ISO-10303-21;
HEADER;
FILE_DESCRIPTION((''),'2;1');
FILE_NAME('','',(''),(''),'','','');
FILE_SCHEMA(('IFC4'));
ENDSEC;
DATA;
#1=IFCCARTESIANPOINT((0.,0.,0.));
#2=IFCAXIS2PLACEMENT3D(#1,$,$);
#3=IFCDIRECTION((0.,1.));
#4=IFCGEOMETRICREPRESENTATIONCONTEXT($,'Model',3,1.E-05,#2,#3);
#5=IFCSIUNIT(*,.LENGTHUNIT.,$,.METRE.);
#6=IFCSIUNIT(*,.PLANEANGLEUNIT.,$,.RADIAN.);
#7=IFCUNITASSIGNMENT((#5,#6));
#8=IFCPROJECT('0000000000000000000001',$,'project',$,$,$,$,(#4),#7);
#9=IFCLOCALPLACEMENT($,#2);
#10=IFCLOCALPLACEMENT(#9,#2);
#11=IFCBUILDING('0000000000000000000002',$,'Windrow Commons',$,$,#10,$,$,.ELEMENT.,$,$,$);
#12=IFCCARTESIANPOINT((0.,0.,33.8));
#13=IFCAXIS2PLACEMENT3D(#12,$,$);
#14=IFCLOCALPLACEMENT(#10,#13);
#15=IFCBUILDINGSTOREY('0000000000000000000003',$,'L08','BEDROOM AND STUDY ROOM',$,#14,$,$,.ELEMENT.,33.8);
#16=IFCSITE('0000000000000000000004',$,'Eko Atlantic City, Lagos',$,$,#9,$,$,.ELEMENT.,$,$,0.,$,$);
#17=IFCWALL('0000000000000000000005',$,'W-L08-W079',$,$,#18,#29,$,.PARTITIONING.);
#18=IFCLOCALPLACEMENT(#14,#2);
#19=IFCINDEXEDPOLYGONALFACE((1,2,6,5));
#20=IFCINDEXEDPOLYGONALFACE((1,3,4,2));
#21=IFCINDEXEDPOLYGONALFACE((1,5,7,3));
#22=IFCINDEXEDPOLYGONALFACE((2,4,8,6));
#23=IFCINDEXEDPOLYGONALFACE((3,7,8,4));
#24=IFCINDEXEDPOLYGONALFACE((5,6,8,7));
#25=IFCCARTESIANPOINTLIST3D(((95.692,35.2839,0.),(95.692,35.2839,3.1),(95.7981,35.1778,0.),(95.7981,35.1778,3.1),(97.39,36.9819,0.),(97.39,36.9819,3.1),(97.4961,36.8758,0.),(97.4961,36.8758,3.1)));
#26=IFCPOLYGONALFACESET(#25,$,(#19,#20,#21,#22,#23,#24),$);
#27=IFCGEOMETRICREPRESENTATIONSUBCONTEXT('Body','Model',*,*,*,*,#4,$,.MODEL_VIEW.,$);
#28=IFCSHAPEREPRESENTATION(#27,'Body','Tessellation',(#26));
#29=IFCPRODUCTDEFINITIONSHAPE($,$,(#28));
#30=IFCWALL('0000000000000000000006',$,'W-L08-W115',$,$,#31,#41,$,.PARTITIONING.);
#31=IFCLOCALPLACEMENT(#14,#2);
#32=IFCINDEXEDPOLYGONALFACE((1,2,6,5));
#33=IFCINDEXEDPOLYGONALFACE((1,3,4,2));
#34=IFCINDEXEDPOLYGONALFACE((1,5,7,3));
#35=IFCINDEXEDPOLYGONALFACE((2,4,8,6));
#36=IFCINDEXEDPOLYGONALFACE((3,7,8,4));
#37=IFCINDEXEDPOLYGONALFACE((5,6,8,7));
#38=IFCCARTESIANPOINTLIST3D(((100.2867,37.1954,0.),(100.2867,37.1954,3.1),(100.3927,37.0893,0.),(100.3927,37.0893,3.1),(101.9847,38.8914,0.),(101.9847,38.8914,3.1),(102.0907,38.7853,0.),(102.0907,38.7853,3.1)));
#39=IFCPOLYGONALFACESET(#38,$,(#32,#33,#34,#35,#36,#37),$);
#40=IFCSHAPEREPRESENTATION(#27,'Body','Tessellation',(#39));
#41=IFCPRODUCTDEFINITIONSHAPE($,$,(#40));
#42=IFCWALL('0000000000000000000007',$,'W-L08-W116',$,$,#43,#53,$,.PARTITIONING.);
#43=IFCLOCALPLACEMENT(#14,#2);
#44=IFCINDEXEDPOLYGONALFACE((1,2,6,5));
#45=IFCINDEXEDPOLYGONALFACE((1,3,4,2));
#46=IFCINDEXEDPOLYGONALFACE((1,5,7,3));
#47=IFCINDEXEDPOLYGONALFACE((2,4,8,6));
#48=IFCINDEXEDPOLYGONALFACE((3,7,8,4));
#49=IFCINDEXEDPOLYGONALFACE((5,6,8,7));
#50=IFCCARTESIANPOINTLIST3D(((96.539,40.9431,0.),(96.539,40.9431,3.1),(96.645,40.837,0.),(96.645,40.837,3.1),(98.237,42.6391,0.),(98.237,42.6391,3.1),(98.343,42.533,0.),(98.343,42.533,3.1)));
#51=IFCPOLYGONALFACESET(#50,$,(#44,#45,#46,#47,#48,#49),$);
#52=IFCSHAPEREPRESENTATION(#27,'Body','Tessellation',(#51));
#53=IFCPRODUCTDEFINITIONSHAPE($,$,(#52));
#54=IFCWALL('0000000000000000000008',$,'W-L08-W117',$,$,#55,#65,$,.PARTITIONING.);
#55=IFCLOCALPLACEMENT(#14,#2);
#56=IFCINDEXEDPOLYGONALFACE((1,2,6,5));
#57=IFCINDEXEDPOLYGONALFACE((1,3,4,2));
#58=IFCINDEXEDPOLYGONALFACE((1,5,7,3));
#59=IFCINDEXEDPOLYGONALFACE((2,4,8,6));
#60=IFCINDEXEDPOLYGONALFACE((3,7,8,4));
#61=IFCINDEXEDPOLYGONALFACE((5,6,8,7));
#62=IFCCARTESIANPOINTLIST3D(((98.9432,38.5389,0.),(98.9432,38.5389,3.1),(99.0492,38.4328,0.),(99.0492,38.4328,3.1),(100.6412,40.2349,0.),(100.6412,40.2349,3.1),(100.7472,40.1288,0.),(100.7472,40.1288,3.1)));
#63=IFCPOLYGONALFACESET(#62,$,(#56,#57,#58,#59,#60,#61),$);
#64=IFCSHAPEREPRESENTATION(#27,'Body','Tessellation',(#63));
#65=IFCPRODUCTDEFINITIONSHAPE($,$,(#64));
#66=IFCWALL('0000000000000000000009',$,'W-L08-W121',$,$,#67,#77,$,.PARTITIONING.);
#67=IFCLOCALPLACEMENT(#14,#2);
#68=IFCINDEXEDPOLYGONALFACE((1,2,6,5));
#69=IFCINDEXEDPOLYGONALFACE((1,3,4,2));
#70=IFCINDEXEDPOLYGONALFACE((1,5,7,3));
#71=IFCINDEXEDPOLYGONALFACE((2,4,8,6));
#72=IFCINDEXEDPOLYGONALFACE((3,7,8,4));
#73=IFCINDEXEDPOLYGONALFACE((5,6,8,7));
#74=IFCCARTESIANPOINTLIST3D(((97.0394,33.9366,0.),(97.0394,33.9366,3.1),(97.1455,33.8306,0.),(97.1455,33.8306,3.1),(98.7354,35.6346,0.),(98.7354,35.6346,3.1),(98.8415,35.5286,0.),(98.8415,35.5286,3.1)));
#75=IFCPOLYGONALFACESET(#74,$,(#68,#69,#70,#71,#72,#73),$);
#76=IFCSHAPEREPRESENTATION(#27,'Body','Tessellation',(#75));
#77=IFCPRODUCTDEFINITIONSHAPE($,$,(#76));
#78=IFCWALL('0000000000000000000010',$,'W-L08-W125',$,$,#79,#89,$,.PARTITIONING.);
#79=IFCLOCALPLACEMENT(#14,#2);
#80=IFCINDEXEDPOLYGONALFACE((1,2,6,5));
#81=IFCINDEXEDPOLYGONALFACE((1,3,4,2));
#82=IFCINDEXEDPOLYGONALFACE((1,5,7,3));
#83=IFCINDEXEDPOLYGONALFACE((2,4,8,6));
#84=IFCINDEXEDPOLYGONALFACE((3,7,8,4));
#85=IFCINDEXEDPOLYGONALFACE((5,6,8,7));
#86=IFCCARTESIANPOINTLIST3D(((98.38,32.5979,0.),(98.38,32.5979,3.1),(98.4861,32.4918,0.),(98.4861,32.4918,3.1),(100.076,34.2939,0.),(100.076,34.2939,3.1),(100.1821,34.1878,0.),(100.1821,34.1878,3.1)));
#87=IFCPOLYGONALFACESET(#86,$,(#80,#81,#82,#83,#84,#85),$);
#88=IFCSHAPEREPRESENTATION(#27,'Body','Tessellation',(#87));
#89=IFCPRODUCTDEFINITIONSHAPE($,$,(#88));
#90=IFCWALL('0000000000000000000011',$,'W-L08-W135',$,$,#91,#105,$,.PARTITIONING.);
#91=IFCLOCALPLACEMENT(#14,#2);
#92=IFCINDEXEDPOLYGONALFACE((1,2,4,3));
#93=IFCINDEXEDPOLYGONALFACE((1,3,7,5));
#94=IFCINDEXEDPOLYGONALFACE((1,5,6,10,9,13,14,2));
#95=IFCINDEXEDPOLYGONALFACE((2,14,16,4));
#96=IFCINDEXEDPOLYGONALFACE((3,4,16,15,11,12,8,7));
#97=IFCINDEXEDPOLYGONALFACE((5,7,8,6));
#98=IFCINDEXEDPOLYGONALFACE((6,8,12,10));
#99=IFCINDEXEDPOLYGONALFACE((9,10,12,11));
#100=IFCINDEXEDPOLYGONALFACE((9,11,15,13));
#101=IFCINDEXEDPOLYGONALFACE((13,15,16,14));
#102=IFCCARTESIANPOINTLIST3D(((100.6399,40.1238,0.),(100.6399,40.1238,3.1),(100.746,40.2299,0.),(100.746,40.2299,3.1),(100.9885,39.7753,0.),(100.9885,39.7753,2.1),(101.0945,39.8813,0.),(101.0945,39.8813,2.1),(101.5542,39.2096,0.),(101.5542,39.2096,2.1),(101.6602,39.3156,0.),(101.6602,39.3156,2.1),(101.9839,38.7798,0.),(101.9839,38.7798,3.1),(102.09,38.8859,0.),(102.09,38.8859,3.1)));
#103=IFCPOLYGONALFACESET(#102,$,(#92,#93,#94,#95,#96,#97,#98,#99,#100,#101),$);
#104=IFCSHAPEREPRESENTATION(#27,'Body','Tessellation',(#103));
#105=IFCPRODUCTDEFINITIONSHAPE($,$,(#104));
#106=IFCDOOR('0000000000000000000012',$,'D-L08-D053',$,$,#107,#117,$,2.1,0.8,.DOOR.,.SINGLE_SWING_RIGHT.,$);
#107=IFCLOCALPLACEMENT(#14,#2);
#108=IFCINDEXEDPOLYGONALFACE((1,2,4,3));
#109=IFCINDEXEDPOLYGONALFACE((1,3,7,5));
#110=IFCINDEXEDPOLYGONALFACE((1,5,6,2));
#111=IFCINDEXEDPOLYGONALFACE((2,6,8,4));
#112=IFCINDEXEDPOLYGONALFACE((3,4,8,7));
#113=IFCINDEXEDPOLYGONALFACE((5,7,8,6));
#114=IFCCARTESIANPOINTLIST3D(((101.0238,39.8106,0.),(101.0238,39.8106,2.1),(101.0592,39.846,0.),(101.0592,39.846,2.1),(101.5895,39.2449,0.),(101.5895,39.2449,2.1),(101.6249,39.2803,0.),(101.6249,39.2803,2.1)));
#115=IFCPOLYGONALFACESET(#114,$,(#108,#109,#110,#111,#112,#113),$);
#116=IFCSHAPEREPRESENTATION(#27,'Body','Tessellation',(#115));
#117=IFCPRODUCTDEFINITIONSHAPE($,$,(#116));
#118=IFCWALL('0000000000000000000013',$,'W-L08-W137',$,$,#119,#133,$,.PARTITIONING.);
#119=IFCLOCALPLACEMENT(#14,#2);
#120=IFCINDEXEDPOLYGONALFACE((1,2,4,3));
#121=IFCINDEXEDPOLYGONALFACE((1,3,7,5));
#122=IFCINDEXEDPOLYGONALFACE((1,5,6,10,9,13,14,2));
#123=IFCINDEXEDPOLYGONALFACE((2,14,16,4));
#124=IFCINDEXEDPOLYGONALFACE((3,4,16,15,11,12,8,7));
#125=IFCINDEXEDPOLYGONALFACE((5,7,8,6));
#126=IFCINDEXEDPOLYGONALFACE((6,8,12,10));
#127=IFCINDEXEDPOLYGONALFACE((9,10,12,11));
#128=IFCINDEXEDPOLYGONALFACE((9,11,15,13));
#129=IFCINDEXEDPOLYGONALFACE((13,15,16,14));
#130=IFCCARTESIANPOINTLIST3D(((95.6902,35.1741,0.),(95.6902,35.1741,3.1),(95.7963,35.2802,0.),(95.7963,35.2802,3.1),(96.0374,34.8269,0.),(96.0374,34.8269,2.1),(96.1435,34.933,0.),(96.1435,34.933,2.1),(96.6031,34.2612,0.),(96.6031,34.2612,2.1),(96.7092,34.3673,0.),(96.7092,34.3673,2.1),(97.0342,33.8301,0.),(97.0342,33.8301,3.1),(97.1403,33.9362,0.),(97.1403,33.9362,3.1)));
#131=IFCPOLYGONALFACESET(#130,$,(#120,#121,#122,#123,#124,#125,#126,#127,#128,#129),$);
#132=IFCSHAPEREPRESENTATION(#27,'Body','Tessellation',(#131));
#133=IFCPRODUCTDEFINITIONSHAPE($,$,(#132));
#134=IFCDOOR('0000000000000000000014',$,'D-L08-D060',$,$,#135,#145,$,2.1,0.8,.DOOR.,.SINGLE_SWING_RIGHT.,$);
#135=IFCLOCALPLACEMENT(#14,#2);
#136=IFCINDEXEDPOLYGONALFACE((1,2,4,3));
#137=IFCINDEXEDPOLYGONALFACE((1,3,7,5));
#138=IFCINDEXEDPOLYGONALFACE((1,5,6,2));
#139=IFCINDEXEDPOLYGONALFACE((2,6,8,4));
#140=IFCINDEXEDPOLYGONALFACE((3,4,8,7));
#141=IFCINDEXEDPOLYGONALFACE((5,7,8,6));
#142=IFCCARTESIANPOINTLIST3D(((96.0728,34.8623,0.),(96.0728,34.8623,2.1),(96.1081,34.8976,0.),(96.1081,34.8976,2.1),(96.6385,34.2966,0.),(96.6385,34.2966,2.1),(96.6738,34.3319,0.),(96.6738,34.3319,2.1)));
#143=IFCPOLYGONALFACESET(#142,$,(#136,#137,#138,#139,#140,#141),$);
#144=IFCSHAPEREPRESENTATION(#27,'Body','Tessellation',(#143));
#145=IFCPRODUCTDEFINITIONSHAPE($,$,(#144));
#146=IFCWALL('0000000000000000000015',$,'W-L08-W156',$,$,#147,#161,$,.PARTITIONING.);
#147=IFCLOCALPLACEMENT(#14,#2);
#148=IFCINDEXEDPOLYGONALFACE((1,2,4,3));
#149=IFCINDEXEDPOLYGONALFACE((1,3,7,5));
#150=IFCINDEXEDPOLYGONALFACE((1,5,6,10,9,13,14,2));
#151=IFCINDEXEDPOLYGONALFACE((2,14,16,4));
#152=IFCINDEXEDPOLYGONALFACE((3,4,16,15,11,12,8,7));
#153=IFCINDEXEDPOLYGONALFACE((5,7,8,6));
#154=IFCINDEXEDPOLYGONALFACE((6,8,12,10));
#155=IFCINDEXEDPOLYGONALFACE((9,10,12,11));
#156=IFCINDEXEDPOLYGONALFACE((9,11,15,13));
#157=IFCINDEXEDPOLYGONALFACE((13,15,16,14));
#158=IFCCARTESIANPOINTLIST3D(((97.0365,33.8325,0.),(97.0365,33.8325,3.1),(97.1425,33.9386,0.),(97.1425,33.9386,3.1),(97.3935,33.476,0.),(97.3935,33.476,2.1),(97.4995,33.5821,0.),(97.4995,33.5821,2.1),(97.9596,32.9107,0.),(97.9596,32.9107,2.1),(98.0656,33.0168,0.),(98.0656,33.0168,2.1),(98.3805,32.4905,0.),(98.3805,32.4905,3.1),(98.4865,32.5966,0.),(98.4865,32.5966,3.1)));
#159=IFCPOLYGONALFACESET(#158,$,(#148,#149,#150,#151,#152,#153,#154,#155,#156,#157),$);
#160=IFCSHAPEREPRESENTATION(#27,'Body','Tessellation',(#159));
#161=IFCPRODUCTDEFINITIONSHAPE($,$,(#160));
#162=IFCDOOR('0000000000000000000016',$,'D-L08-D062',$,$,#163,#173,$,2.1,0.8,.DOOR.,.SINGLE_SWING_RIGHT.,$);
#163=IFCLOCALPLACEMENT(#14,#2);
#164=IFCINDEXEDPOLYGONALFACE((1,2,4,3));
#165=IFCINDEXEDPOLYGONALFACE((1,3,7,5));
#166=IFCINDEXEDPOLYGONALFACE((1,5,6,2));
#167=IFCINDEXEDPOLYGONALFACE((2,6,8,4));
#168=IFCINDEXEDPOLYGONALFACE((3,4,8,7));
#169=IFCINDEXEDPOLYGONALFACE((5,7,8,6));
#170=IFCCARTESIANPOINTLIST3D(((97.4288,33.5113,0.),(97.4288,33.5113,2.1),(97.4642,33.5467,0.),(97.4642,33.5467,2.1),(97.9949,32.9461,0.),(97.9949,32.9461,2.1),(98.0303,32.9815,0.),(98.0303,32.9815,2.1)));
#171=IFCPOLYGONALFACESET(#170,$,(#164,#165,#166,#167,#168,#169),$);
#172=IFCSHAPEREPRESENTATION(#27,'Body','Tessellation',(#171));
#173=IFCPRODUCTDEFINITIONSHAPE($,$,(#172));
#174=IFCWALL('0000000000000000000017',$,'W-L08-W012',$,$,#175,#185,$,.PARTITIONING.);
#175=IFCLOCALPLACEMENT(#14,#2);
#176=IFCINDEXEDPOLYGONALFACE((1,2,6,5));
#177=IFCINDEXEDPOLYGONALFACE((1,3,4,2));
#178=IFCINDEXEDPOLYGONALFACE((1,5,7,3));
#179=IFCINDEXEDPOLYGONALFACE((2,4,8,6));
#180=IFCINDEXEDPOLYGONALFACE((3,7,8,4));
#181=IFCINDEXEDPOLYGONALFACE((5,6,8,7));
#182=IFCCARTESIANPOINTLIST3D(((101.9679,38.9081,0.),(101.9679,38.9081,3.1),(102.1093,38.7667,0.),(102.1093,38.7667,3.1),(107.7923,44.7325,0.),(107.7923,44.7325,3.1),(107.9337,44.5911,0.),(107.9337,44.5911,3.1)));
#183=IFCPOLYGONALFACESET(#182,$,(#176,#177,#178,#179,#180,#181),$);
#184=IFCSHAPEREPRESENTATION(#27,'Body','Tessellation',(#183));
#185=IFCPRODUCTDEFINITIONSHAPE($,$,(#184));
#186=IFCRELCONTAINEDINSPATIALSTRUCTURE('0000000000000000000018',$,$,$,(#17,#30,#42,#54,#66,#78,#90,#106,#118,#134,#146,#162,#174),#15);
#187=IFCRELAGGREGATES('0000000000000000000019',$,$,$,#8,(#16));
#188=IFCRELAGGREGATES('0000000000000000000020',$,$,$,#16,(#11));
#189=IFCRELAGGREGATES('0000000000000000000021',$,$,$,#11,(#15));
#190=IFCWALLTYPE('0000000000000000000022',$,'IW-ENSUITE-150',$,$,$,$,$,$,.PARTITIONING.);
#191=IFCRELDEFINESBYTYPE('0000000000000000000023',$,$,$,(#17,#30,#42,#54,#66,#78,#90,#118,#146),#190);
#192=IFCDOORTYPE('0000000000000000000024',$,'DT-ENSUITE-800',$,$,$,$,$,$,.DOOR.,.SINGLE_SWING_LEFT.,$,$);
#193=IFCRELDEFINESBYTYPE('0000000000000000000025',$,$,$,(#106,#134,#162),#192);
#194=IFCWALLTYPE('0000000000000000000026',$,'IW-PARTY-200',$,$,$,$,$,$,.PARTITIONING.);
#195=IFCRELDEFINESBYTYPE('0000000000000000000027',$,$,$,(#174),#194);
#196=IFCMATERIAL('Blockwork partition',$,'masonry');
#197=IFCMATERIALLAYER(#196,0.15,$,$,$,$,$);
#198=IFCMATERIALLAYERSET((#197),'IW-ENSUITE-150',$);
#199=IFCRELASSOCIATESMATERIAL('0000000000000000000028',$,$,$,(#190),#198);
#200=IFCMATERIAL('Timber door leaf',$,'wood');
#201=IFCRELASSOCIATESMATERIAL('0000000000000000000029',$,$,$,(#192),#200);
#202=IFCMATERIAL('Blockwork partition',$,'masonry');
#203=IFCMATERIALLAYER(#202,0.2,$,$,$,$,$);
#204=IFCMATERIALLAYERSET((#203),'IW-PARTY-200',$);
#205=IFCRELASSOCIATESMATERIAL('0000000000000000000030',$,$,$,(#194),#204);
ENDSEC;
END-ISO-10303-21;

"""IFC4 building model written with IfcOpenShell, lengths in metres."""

from ifc_helpers import new_model, si_unit, direction, frame, frame_2d, origin, place, context, subcontext, project, spatial, rectangle, extrude, material, layer, layer_set, type_object, element, fill, save


model = new_model("IFC4")

# Units and contexts
model_context = context("Model", 3, precision=1e-05, world=origin(), true_north=direction((0.0, 1.0)))
body_context = subcontext(model_context, "Body", "Model", "MODEL_VIEW")
ifc_project = project(units=[si_unit("LENGTHUNIT", "METRE"), si_unit("PLANEANGLEUNIT", "RADIAN")], contexts=[model_context])

# Site, building, storey
site_placement = place(None, origin())
site = spatial("IfcSite", under=ifc_project, at=site_placement, Name="Eko Atlantic City, Lagos", CompositionType="ELEMENT", RefElevation=0.0)
building_placement = place(site_placement, origin())
building = spatial("IfcBuilding", under=site, at=building_placement, Name="Windrow Commons", CompositionType="ELEMENT")
storey_placement = place(building_placement, frame((0.0, 0.0, 33.8)))
storey = spatial("IfcBuildingStorey", under=building, at=storey_placement, Name="L08", Description="BEDROOM AND STUDY ROOM", CompositionType="ELEMENT", Elevation=33.8)

# Walls
ifc_material_1 = material(Name="Blockwork partition", Category="masonry")
ifc_layer_1 = layer(ifc_material_1, 0.15)
ifc_layer_set_1 = layer_set([ifc_layer_1], Name="IW-ENSUITE-150")
wall_type_1 = type_object("IfcWallType", Name="IW-ENSUITE-150", PredefinedType="PARTITIONING", material=ifc_layer_set_1)
wall_1_placement = place(storey_placement, frame((95.7451, 35.2309, 0.0), z_axis=(0.0, 0.0, 1.0), x_axis=(0.707107, 0.707107, 0.0)))
element("IfcWall", 1, at=wall_1_placement, inside=storey, type_object=wall_type_1, Name="W-L08-W079", PredefinedType="PARTITIONING", context=body_context, shape_type="SweptSolid", body=[
    extrude(rectangle(XDim=2.4013, YDim=0.15, at=frame_2d((1.2006, 0.0))), origin(), (0.0, 0.0, 1.0), 3.1),
])
for number, where, z_axis, x_axis, name in (
    (2, (100.3397, 37.1423, 0.0), (0.0, 0.0, 1.0), (0.707523, 0.70669, 0.0), "W-L08-W115"),
    (3, (96.592, 40.89, 0.0), (0.0, 0.0, 1.0), (0.707523, 0.70669, 0.0), "W-L08-W116"),
    (4, (98.9962, 38.4858, 0.0), (0.0, 0.0, 1.0), (0.707523, 0.70669, 0.0), "W-L08-W117"),
    (5, (97.0924, 33.8836, 0.0), (0.0, 0.0, 1.0), (0.70669, 0.707523, 0.0), "W-L08-W121"),
):
    element("IfcWall", number, at=place(storey_placement, frame(where, z_axis=z_axis, x_axis=x_axis)), inside=storey, type_object=wall_type_1, Name=name, PredefinedType="PARTITIONING", context=body_context, shape_type="SweptSolid", body=[
        extrude(rectangle(XDim=2.3999, YDim=0.15, at=frame_2d((1.2, 0.0))), origin(), (0.0, 0.0, 1.0), 3.1),
    ])
wall_2_placement = place(storey_placement, frame((98.4331, 32.5449, 0.0), z_axis=(0.0, 0.0, 1.0), x_axis=(0.707107, 0.707107, 0.0)))
element("IfcWall", 6, at=wall_2_placement, inside=storey, type_object=wall_type_1, Name="W-L08-W125", PredefinedType="PARTITIONING", context=body_context, shape_type="SweptSolid", body=[
    extrude(rectangle(XDim=2.3985, YDim=0.15, at=frame_2d((1.1992, 0.0))), origin(), (0.0, 0.0, 1.0), 3.1),
])

# Walls, openings, doors
wall_3_placement = place(storey_placement, frame((100.6929, 40.1769, 0.0), z_axis=(0.0, 0.0, 1.0), x_axis=(0.707107, -0.707107, 0.0)))
wall_3 = element("IfcWall", 7, at=wall_3_placement, inside=storey, type_object=wall_type_1, Name="W-L08-W135", PredefinedType="PARTITIONING", context=body_context, shape_type="SweptSolid", body=[
    extrude(rectangle(XDim=1.9007, YDim=0.15, at=frame_2d((0.9504, 0.0))), origin(), (0.0, 0.0, 1.0), 3.1),
])
opening_1_placement = place(wall_3_placement, frame((0.493, 0.0, 0.0)))
opening_1 = element("IfcOpeningElement", 8, at=opening_1_placement, cuts=wall_3, PredefinedType="OPENING", context=body_context, shape_type="SweptSolid", body=[
    extrude(rectangle(XDim=0.8, YDim=2.1, at=frame_2d((0.4, 1.05))), frame((0.0, 0.085, 0.0), z_axis=(0.0, -1.0, 0.0), x_axis=(1.0, 0.0, 0.0)), (0.0, 0.0, 1.0), 0.17),
])
ifc_material_2 = material(Name="Timber door leaf", Category="wood")
door_type = type_object("IfcDoorType", Name="DT-ENSUITE-800", OperationType="SINGLE_SWING_LEFT", PredefinedType="DOOR", material=ifc_material_2)
door_1_placement = place(opening_1_placement, origin())
door_1 = element("IfcDoor", 9, at=door_1_placement, inside=storey, type_object=door_type, Name="D-L08-D053", OperationType="SINGLE_SWING_RIGHT", OverallHeight=2.1, OverallWidth=0.8, PredefinedType="DOOR", context=body_context, shape_type="SweptSolid", body=[
    extrude(rectangle(XDim=0.8, YDim=2.1, at=frame_2d((0.4, 1.05))), frame((0.0, 0.025, 0.0), z_axis=(0.0, -1.0, 0.0), x_axis=(1.0, 0.0, 0.0)), (0.0, 0.0, 1.0), 0.05),
])
fill(opening_1, door_1)
wall_4_placement = place(storey_placement, frame((95.7432, 35.2272, 0.0), z_axis=(0.0, 0.0, 1.0), x_axis=(0.707107, -0.707107, 0.0)))
wall_4 = element("IfcWall", 10, at=wall_4_placement, inside=storey, type_object=wall_type_1, Name="W-L08-W137", PredefinedType="PARTITIONING", context=body_context, shape_type="SweptSolid", body=[
    extrude(rectangle(XDim=1.9007, YDim=0.15, at=frame_2d((0.9504, 0.0))), origin(), (0.0, 0.0, 1.0), 3.1),
])
opening_2_placement = place(wall_4_placement, frame((0.4911, 0.0, 0.0)))
opening_2 = element("IfcOpeningElement", 11, at=opening_2_placement, cuts=wall_4, PredefinedType="OPENING", context=body_context, shape_type="SweptSolid", body=[
    extrude(rectangle(XDim=0.8, YDim=2.1, at=frame_2d((0.4, 1.05))), frame((0.0, 0.085, 0.0), z_axis=(0.0, -1.0, 0.0), x_axis=(1.0, 0.0, 0.0)), (0.0, 0.0, 1.0), 0.17),
])
door_2_placement = place(opening_2_placement, origin())
door_2 = element("IfcDoor", 12, at=door_2_placement, inside=storey, type_object=door_type, Name="D-L08-D060", OperationType="SINGLE_SWING_RIGHT", OverallHeight=2.1, OverallWidth=0.8, PredefinedType="DOOR", context=body_context, shape_type="SweptSolid", body=[
    extrude(rectangle(XDim=0.8, YDim=2.1, at=frame_2d((0.4, 1.05))), frame((0.0, 0.025, 0.0), z_axis=(0.0, -1.0, 0.0), x_axis=(1.0, 0.0, 0.0)), (0.0, 0.0, 1.0), 0.05),
])
fill(opening_2, door_2)
wall_5_placement = place(storey_placement, frame((97.0895, 33.8855, 0.0), z_axis=(0.0, 0.0, 1.0), x_axis=(0.707633, -0.70658, 0.0)))
wall_5 = element("IfcWall", 13, at=wall_5_placement, inside=storey, type_object=wall_type_1, Name="W-L08-W156", PredefinedType="PARTITIONING", context=body_context, shape_type="SweptSolid", body=[
    extrude(rectangle(XDim=1.8993, YDim=0.15, at=frame_2d((0.9496, 0.0))), origin(), (0.0, 0.0, 1.0), 3.1),
])
opening_3_placement = place(wall_5_placement, frame((0.5045, 0.0, 0.0)))
opening_3 = element("IfcOpeningElement", 14, at=opening_3_placement, cuts=wall_5, PredefinedType="OPENING", context=body_context, shape_type="SweptSolid", body=[
    extrude(rectangle(XDim=0.8, YDim=2.1, at=frame_2d((0.4, 1.05))), frame((0.0, 0.085, 0.0), z_axis=(0.0, -1.0, 0.0), x_axis=(1.0, 0.0, 0.0)), (0.0, 0.0, 1.0), 0.17),
])
door_3_placement = place(opening_3_placement, origin())
door_3 = element("IfcDoor", 15, at=door_3_placement, inside=storey, type_object=door_type, Name="D-L08-D062", OperationType="SINGLE_SWING_RIGHT", OverallHeight=2.1, OverallWidth=0.8, PredefinedType="DOOR", context=body_context, shape_type="SweptSolid", body=[
    extrude(rectangle(XDim=0.8, YDim=2.1, at=frame_2d((0.4, 1.05))), frame((0.0, 0.025, 0.0), z_axis=(0.0, -1.0, 0.0), x_axis=(1.0, 0.0, 0.0)), (0.0, 0.0, 1.0), 0.05),
])
fill(opening_3, door_3)

# Wall
ifc_material_3 = material(Name="Blockwork partition", Category="masonry")
ifc_layer_2 = layer(ifc_material_3, 0.2)
ifc_layer_set_2 = layer_set([ifc_layer_2], Name="IW-PARTY-200")
wall_type_2 = type_object("IfcWallType", Name="IW-PARTY-200", PredefinedType="PARTITIONING", material=ifc_layer_set_2)
wall_6_placement = place(storey_placement, frame((102.0386, 38.8374, 0.0), z_axis=(0.0, 0.0, 1.0), x_axis=(0.707107, 0.707107, 0.0)))
element("IfcWall", 16, at=wall_6_placement, inside=storey, type_object=wall_type_2, Name="W-L08-W012", PredefinedType="PARTITIONING", context=body_context, shape_type="SweptSolid", body=[
    extrude(rectangle(XDim=8.2369, YDim=0.2, at=frame_2d((4.1185, 0.0))), origin(), (0.0, 0.0, 1.0), 3.1),
])

save(model, "model.ifc")
